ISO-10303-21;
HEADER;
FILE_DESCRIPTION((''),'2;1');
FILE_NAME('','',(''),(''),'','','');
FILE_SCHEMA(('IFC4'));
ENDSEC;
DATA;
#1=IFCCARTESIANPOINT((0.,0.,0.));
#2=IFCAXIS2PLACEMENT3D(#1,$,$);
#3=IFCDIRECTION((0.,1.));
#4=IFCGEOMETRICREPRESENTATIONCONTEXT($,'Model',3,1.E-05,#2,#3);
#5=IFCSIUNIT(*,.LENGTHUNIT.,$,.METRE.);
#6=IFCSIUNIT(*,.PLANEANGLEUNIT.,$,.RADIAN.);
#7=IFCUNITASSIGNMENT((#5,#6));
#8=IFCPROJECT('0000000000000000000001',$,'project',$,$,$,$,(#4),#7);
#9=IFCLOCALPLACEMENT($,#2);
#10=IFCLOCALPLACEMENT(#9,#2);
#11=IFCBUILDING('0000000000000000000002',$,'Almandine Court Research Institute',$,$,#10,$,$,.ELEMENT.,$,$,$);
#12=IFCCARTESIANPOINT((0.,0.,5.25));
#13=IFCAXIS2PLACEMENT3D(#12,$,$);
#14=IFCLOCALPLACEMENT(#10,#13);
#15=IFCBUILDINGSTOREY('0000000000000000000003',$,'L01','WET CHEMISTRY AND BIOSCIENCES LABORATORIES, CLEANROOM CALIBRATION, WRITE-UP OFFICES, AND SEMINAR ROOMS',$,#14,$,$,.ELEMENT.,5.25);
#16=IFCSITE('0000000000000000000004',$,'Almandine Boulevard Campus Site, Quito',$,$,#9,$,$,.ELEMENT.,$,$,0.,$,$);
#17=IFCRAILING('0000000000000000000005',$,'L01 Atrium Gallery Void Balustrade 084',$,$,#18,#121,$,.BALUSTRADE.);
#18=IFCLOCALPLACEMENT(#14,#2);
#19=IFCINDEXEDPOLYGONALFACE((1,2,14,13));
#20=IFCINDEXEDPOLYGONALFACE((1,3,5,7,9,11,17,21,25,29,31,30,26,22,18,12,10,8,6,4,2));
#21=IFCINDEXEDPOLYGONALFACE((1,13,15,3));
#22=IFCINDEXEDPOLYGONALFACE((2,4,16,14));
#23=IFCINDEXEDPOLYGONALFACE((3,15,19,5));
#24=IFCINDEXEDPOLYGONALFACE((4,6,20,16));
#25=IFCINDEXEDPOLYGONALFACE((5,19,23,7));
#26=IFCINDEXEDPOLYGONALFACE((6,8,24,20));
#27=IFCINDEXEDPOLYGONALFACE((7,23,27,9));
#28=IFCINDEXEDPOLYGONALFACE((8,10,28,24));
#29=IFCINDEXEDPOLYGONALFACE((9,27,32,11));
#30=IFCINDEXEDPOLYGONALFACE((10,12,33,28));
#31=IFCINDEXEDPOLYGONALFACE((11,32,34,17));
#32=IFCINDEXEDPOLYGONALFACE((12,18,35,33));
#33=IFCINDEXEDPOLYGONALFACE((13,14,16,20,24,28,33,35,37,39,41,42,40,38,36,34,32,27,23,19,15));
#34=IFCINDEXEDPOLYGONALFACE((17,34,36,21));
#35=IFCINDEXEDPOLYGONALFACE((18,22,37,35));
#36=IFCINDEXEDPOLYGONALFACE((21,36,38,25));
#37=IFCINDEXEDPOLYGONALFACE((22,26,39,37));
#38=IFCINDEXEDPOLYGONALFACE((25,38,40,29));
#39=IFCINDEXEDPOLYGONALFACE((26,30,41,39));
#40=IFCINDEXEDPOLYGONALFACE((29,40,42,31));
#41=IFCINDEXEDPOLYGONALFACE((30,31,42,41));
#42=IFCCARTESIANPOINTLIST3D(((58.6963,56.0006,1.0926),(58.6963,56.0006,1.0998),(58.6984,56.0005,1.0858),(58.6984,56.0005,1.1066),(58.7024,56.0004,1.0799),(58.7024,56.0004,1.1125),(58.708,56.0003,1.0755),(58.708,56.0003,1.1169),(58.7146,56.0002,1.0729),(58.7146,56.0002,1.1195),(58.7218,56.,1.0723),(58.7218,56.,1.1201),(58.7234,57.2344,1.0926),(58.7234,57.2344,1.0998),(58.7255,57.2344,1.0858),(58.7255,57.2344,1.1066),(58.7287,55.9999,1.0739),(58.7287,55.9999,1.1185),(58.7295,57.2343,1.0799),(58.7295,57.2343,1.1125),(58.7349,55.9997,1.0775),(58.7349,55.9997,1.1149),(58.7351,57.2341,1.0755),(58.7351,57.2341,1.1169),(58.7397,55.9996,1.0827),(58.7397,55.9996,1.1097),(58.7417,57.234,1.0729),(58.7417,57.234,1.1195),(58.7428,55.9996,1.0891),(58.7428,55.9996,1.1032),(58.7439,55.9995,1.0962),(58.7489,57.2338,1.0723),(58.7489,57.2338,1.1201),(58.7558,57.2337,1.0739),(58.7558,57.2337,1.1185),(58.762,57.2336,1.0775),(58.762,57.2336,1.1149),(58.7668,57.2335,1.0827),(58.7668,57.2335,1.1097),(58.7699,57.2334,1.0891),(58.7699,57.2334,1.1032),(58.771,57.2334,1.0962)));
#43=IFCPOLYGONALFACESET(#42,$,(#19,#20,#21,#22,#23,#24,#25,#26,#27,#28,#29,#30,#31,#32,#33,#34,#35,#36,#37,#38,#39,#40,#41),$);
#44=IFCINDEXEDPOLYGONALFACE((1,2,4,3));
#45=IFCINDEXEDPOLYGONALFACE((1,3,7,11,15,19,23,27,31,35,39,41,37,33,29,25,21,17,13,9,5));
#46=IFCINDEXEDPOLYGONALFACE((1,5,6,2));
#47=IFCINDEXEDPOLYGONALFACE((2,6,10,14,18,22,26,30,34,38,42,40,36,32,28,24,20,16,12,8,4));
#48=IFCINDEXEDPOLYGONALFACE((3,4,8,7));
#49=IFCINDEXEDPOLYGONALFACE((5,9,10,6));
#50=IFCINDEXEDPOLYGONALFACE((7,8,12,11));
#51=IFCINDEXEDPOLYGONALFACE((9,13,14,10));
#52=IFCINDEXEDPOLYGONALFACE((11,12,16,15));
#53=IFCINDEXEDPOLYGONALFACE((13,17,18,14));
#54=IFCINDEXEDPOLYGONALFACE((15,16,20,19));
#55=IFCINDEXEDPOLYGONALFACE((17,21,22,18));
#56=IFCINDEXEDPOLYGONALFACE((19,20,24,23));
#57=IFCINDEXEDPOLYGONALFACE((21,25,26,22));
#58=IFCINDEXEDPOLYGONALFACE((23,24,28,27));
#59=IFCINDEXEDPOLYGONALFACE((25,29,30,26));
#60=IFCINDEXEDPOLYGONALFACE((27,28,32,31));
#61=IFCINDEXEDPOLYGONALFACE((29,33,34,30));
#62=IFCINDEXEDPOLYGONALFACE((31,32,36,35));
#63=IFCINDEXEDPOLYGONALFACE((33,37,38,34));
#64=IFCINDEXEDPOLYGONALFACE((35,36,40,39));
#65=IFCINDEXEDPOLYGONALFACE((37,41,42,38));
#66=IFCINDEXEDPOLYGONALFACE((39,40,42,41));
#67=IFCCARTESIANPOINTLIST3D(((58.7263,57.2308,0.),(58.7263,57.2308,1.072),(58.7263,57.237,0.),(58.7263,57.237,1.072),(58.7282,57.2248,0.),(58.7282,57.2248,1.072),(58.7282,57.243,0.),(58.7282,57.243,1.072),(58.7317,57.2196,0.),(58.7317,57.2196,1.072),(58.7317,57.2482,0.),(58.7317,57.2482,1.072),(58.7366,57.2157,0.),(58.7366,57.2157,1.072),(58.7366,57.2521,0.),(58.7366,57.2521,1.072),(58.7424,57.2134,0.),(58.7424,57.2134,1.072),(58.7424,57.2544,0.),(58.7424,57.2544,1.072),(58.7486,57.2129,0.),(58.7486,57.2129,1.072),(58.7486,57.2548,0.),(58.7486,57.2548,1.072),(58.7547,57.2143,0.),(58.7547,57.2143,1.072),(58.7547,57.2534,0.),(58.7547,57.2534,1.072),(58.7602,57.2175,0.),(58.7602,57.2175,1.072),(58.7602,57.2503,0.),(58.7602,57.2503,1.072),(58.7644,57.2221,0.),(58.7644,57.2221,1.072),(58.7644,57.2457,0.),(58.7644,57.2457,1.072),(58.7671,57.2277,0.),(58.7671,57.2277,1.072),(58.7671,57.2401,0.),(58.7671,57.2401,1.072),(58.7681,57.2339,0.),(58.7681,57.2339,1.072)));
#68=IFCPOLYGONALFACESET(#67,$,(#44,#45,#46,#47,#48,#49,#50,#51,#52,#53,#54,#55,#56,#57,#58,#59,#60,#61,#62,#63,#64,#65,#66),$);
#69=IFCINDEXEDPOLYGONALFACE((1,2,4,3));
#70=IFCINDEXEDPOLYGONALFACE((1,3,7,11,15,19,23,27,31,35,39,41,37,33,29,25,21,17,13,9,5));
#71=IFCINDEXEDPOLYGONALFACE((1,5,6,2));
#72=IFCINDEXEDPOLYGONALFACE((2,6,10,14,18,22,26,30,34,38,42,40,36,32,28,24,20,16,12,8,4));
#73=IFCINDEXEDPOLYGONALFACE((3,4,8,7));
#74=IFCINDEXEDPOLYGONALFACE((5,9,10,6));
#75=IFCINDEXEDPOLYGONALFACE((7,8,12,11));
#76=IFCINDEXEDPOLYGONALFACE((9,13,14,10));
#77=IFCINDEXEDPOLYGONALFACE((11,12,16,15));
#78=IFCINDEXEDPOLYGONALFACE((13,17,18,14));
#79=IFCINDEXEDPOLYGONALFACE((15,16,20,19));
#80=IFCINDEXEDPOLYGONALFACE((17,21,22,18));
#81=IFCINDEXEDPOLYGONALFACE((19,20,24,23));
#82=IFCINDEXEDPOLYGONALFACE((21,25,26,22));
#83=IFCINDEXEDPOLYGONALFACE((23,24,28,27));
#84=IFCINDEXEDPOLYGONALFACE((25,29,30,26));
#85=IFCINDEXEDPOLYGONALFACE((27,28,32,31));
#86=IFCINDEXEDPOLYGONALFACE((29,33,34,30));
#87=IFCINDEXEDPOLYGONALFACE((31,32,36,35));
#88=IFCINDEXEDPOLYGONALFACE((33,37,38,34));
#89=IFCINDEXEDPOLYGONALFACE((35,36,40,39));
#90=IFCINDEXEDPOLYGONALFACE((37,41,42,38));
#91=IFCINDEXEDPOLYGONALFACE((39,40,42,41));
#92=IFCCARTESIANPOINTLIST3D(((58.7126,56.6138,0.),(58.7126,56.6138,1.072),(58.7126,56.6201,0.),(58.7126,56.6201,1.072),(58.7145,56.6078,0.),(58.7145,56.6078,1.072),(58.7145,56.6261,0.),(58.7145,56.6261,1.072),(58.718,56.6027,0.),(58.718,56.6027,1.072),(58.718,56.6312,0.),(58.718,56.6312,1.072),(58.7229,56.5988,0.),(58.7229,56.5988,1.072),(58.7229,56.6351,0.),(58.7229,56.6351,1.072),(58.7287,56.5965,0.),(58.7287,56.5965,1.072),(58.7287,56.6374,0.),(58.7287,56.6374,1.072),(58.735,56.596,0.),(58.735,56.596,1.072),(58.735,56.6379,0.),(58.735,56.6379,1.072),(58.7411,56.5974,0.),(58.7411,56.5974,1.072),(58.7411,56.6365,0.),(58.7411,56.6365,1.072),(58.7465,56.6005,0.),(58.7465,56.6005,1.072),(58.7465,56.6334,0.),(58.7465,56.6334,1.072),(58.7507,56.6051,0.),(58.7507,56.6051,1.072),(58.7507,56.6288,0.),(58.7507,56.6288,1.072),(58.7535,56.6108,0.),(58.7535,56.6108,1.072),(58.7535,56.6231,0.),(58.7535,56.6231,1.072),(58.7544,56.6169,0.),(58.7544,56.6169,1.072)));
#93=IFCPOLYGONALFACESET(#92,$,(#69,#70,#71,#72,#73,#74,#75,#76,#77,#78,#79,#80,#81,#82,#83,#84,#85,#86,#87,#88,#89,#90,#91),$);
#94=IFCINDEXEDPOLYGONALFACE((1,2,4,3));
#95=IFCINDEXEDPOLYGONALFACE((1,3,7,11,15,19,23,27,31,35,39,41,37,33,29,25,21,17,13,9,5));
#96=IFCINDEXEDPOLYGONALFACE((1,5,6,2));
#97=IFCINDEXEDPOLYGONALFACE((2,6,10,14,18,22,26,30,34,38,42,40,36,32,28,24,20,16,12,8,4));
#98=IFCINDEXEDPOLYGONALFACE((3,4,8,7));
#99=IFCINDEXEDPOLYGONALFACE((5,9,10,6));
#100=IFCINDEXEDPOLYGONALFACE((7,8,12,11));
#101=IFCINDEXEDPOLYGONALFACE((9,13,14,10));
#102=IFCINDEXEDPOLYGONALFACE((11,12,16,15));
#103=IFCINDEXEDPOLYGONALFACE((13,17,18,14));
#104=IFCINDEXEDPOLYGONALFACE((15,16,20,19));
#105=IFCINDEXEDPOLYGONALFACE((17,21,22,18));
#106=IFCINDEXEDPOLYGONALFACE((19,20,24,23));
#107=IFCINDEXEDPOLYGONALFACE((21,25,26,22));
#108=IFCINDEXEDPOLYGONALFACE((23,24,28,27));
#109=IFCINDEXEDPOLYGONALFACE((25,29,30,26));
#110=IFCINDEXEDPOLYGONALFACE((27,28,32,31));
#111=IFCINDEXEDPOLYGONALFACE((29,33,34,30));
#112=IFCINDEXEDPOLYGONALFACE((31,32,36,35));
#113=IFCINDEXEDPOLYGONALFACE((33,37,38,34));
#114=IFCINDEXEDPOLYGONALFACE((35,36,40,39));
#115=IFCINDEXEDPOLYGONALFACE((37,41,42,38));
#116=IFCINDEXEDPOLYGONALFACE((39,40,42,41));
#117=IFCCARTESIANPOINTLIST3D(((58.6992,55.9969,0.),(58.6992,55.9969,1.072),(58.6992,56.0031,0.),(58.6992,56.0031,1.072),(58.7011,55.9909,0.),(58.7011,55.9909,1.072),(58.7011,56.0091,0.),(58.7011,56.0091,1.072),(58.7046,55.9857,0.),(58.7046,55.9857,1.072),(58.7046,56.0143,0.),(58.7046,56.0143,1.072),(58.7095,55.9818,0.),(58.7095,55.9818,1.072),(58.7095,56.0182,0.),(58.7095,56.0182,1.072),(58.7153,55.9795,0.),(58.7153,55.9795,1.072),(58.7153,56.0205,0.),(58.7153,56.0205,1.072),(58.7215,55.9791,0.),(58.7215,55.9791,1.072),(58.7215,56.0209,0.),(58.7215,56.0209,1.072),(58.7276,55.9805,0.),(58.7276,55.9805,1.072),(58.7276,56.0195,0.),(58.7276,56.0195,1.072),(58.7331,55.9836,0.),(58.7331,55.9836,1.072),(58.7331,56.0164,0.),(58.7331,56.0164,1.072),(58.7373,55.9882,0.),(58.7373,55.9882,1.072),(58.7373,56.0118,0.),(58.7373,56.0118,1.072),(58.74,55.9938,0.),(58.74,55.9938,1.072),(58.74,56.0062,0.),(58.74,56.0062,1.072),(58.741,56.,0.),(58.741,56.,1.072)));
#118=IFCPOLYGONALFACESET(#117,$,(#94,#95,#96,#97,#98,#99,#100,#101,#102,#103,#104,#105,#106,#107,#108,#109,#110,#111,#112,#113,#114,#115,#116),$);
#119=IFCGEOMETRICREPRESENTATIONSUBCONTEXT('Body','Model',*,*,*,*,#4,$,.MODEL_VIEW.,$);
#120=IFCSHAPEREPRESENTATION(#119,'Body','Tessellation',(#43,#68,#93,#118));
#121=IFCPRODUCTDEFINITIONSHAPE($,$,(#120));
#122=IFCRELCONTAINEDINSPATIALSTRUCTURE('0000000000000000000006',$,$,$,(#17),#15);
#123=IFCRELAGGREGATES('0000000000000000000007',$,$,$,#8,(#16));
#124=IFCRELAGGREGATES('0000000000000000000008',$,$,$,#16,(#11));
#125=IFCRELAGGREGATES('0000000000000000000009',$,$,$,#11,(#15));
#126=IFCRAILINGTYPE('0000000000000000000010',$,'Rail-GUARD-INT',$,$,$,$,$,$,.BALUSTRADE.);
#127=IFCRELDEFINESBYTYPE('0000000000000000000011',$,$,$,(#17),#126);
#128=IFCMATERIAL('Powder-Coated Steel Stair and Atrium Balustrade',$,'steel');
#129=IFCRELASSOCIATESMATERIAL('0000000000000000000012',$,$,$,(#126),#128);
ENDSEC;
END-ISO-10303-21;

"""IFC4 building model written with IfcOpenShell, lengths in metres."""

from ifc_helpers import new_model, si_unit, direction, frame, origin, origin_2d, place, context, subcontext, project, spatial, circle, extrude, material, type_object, element, save


model = new_model("IFC4")

# Units and contexts
model_context = context("Model", 3, precision=1e-05, world=origin(), true_north=direction((0.0, 1.0)))
body_context = subcontext(model_context, "Body", "Model", "MODEL_VIEW")
ifc_project = project(units=[si_unit("LENGTHUNIT", "METRE"), si_unit("PLANEANGLEUNIT", "RADIAN")], contexts=[model_context])

# Site, building, storey
site_placement = place(None, origin())
site = spatial("IfcSite", under=ifc_project, at=site_placement, Name="Almandine Boulevard Campus Site, Quito", CompositionType="ELEMENT", RefElevation=0.0)
building_placement = place(site_placement, origin())
building = spatial("IfcBuilding", under=site, at=building_placement, Name="Almandine Court Research Institute", CompositionType="ELEMENT")
storey_placement = place(building_placement, frame((0.0, 0.0, 5.25)))
storey = spatial("IfcBuildingStorey", under=building, at=storey_placement, Name="L01", Description="WET CHEMISTRY AND BIOSCIENCES LABORATORIES, CLEANROOM CALIBRATION, WRITE-UP OFFICES, AND SEMINAR ROOMS", CompositionType="ELEMENT", Elevation=5.25)

# Railing
ifc_material_1 = material(Name="Powder-Coated Steel Stair and Atrium Balustrade", Category="steel")
railing_type = type_object("IfcRailingType", Name="Rail-GUARD-INT", PredefinedType="BALUSTRADE", material=ifc_material_1)
railing_1_placement = place(storey_placement, frame((58.7471, 57.2339, 0.0)))
element("IfcRailing", 1, at=railing_1_placement, inside=storey, type_object=railing_type, Name="L01 Atrium Gallery Void Balustrade 084", PredefinedType="BALUSTRADE", context=body_context, shape_type="SweptSolid", body=[
    extrude(circle(Radius=0.0239, at=origin_2d()), frame((0.0, 0.0, 1.0962), z_axis=(-0.021958, -0.999759, 0.0), x_axis=(0.999759, -0.021958, 0.0)), (0.0, 0.0, 1.0), 1.2341),
    extrude(circle(Radius=0.021, at=origin_2d()), origin(), (0.0, 0.0, 1.0), 1.072),
    extrude(circle(Radius=0.021, at=origin_2d()), frame((-0.0137, -0.6169, 0.0)), (0.0, 0.0, 1.0), 1.072),
    extrude(circle(Radius=0.021, at=origin_2d()), frame((-0.0271, -1.2339, 0.0)), (0.0, 0.0, 1.0), 1.072),
])

save(model, "model.ifc")
